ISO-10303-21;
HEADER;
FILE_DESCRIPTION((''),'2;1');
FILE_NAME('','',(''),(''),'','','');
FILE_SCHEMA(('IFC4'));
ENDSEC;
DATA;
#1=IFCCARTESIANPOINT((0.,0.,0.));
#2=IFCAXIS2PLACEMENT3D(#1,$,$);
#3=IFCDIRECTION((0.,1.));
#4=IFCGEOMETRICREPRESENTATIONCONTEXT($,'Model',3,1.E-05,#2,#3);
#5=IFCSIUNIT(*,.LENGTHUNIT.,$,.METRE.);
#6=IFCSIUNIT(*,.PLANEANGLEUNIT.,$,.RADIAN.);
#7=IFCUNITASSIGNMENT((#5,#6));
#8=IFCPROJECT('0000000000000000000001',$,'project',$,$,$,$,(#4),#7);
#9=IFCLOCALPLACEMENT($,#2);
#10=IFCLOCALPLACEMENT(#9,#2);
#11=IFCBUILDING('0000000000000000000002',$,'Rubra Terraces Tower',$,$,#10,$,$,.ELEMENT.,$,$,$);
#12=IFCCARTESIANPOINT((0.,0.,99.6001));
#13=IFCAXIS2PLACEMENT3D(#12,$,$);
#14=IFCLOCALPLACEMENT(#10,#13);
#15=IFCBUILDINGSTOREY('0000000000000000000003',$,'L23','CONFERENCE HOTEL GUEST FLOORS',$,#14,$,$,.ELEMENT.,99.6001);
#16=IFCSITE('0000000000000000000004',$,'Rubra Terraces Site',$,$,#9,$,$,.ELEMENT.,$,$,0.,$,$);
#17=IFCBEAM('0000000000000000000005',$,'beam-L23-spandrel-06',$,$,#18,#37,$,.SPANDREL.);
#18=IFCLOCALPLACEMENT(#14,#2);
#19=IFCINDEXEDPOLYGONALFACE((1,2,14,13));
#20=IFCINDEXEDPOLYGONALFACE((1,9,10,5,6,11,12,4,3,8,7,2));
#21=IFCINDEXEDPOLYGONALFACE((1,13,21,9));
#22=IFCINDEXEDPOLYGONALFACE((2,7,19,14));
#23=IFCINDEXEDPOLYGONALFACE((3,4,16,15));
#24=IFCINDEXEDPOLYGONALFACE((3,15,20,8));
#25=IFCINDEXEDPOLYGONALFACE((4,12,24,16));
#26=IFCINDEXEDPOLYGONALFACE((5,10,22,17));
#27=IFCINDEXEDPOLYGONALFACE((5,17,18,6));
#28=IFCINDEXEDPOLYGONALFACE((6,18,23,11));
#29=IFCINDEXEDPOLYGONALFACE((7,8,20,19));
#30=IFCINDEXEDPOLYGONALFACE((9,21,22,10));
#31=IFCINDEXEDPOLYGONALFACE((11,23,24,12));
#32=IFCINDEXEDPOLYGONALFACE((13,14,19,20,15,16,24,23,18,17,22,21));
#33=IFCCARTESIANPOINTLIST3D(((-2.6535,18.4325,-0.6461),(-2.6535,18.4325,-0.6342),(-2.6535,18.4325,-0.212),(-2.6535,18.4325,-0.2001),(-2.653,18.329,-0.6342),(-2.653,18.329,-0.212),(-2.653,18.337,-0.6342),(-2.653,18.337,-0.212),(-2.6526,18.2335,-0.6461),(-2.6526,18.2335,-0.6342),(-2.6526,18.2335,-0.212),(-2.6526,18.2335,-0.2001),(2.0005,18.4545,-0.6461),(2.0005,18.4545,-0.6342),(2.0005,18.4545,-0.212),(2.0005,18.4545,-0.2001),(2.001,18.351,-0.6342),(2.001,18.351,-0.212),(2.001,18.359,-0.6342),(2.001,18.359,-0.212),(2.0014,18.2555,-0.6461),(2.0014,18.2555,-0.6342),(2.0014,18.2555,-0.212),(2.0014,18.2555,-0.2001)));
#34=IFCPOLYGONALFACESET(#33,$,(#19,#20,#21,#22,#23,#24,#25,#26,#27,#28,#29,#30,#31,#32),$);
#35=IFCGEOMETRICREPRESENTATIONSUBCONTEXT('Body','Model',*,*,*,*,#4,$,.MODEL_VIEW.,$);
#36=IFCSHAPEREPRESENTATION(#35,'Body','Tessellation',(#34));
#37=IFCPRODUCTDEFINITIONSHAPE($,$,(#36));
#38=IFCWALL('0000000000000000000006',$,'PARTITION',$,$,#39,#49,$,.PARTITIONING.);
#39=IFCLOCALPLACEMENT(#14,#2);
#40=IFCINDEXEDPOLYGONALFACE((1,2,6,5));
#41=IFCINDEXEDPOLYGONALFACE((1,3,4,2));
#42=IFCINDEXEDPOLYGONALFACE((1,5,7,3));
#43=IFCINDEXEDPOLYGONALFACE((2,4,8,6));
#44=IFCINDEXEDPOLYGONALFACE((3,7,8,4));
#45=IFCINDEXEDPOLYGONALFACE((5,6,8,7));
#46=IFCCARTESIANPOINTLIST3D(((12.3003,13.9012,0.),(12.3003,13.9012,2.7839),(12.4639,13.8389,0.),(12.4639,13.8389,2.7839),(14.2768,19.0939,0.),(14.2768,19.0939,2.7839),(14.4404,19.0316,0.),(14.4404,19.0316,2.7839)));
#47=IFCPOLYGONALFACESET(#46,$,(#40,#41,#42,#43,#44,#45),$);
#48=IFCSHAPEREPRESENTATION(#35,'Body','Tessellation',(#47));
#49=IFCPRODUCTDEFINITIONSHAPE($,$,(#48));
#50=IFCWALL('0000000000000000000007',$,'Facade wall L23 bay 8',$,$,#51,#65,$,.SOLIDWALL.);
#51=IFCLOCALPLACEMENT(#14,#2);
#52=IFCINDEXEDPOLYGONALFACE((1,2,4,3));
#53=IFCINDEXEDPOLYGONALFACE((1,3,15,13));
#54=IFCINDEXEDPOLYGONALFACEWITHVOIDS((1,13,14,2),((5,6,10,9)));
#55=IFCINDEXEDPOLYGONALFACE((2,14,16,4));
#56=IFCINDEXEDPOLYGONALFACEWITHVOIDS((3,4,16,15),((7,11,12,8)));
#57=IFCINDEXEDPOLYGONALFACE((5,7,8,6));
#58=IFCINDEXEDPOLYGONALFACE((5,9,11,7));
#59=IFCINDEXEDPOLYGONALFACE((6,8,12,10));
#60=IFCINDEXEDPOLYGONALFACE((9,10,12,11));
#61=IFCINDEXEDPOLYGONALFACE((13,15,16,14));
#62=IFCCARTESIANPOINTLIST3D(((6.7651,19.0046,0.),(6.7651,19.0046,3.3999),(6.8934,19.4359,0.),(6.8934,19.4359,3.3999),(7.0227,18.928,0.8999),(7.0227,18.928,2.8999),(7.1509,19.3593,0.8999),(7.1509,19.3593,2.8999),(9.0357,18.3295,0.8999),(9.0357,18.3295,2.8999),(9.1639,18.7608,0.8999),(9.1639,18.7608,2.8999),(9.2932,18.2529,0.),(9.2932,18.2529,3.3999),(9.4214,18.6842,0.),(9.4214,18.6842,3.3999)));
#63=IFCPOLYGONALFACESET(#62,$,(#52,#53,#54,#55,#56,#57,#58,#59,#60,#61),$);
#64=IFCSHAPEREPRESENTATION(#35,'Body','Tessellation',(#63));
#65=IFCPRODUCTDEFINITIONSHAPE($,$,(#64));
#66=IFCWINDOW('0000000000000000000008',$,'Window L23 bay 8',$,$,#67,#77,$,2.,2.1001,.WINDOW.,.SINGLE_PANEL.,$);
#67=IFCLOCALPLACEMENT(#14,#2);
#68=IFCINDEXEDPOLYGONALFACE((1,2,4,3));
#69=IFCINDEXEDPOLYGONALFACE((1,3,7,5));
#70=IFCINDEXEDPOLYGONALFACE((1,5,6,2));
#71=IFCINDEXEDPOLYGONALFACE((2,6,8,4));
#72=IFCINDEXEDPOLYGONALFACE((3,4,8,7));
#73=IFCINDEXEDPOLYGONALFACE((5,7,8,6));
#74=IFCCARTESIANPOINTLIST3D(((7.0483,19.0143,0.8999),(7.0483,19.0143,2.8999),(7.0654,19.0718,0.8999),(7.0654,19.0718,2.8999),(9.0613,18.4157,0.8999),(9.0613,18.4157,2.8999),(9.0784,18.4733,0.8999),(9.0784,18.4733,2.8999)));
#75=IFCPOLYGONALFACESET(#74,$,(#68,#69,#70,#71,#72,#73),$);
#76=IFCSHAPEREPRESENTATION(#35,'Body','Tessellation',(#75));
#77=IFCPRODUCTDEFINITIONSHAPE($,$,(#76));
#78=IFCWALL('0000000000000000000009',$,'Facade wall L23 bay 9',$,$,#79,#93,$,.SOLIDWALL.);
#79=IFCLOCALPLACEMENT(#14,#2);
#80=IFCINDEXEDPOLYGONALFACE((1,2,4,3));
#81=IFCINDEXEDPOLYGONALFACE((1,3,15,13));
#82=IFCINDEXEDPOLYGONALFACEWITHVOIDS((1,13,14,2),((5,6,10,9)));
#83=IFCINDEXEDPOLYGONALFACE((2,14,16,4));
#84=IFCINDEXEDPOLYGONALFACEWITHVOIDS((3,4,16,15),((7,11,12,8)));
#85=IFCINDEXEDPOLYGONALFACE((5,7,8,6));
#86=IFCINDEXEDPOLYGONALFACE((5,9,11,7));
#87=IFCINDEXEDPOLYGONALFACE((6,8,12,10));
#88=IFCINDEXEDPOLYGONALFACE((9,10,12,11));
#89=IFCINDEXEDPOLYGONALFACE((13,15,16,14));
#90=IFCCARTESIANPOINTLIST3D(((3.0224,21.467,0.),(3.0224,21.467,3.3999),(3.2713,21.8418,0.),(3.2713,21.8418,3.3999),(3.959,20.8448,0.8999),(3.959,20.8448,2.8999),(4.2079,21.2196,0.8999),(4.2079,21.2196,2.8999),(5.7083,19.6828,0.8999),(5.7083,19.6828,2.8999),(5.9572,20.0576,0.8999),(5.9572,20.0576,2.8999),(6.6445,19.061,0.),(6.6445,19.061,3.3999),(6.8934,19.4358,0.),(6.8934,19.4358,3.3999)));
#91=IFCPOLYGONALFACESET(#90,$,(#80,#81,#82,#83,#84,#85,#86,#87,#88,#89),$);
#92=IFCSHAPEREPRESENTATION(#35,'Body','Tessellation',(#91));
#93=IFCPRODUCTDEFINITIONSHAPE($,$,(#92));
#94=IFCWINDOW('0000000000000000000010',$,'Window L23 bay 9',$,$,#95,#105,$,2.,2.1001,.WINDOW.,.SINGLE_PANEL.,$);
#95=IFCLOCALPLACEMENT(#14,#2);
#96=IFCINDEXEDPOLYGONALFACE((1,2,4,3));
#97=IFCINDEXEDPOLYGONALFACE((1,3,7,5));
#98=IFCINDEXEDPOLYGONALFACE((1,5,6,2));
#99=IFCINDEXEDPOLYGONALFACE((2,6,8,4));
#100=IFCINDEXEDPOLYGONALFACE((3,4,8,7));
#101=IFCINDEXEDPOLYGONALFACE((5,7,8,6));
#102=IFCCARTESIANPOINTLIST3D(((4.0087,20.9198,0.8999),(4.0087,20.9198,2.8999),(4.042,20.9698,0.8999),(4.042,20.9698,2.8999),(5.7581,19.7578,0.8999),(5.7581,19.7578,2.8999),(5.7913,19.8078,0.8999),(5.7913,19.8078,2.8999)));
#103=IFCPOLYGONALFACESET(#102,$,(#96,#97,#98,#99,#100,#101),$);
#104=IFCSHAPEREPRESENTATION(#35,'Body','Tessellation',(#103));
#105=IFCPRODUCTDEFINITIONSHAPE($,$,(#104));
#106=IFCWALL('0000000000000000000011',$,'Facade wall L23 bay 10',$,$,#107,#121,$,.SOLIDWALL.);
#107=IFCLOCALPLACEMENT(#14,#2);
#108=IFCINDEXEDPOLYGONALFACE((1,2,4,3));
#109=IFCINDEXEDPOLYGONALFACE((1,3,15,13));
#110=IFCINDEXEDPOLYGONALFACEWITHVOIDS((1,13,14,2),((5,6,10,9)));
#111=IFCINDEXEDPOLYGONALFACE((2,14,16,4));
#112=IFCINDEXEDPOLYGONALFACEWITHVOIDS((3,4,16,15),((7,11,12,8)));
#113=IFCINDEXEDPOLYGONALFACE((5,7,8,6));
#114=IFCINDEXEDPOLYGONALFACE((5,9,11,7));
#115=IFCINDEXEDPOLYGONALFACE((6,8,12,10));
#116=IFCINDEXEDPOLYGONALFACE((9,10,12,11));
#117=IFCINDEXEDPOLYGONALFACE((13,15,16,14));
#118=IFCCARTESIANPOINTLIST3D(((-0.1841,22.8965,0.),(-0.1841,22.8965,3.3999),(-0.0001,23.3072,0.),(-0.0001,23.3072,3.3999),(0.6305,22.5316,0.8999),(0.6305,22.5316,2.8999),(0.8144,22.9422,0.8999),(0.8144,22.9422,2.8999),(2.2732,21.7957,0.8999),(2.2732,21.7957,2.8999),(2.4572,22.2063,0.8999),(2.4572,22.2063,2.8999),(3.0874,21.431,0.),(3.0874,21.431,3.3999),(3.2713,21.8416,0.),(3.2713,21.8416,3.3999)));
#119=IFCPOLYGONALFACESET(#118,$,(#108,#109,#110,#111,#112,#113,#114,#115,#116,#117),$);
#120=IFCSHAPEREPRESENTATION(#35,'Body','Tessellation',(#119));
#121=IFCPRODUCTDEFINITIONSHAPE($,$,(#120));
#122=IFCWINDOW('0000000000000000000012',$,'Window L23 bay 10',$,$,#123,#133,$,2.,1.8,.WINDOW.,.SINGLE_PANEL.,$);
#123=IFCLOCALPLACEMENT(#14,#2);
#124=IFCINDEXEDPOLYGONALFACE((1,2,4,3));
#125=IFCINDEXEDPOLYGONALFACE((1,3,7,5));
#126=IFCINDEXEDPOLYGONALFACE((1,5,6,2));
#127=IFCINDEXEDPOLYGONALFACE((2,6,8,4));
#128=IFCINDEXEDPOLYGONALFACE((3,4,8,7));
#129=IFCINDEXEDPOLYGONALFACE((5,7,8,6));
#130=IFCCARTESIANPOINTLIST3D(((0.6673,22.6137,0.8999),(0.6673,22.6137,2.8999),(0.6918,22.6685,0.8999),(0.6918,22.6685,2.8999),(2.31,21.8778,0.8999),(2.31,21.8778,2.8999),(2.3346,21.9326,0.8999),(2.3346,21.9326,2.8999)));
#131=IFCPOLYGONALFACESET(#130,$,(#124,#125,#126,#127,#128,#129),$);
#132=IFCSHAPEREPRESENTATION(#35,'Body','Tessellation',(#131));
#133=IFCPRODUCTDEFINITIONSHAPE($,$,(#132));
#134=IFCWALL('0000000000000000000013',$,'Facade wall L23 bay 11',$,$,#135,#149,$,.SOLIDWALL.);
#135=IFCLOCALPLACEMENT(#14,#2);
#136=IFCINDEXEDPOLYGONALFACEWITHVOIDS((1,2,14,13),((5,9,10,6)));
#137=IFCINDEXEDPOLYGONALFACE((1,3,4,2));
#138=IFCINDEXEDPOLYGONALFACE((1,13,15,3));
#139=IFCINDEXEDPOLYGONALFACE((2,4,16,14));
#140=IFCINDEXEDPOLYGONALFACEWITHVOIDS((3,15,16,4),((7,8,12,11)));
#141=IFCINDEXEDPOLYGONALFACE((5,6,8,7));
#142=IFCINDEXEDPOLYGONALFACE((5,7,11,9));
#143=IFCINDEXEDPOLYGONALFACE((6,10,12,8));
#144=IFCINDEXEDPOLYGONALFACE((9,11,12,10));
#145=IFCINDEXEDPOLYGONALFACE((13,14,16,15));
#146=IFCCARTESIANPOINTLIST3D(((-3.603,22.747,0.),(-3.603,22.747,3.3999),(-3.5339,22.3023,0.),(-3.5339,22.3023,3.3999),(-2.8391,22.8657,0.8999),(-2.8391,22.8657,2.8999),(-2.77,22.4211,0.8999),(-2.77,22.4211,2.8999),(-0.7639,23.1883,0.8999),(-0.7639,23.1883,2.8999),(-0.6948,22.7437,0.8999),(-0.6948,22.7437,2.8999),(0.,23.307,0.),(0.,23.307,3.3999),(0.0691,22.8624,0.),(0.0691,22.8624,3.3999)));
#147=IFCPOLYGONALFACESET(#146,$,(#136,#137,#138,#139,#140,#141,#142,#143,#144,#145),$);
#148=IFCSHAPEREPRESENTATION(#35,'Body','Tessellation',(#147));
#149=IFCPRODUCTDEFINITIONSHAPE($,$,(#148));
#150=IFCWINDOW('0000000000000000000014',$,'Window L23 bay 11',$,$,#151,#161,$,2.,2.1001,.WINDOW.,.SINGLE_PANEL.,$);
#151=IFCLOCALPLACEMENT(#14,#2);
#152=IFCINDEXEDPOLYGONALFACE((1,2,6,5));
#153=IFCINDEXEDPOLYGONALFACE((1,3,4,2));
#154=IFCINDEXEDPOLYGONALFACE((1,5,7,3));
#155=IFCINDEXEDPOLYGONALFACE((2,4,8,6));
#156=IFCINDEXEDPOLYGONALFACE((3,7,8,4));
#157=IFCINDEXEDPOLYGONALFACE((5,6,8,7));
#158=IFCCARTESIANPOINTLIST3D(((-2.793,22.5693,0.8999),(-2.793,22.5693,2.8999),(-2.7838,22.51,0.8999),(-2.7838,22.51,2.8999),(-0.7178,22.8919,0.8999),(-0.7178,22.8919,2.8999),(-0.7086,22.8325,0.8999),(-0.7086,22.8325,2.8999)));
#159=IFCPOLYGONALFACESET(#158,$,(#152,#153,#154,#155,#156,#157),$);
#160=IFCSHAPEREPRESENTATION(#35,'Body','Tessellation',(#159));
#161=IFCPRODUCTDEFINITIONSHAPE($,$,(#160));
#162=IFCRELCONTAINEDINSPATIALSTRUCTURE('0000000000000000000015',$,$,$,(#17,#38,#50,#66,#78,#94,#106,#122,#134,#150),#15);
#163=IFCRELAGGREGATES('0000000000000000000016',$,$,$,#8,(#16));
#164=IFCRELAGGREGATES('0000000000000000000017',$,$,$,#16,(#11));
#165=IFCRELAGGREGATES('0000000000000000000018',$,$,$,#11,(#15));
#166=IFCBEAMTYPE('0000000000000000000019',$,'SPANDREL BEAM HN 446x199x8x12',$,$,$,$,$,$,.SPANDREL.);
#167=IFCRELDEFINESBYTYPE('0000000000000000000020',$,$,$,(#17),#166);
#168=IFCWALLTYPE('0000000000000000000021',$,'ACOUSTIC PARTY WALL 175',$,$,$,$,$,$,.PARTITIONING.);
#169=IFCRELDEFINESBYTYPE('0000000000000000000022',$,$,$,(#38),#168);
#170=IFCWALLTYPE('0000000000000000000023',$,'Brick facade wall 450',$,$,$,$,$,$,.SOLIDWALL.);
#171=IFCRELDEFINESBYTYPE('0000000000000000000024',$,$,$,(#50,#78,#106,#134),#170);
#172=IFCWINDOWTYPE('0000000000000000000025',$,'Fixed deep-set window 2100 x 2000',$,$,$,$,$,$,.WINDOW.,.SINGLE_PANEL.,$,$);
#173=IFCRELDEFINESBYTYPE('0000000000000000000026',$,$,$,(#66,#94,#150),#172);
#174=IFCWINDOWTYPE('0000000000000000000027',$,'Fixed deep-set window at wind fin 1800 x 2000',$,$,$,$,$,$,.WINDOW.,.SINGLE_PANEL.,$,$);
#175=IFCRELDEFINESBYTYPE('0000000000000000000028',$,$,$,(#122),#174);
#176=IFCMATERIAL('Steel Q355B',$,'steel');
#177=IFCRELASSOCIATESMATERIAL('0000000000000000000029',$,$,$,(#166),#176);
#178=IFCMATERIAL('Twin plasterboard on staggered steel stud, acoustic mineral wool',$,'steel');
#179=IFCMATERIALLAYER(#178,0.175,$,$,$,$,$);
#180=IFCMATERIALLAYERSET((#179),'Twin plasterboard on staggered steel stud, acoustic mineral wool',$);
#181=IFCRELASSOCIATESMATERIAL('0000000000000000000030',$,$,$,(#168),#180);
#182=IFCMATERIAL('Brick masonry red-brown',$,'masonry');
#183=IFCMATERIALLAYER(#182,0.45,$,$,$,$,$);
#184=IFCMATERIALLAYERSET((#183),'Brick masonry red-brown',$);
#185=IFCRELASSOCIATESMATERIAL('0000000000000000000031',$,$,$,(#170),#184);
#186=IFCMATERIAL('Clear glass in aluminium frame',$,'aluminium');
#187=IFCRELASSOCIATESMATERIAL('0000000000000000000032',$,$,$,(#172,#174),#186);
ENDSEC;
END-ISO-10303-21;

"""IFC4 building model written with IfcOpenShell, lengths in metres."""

from ifc_helpers import new_model, si_unit, direction, frame, frame_2d, origin, origin_2d, place, context, subcontext, project, spatial, rectangle, i_section, extrude, material, layer, layer_set, material_profile, profile_set, type_object, element, fill, save


model = new_model("IFC4")

# Units and contexts
model_context = context("Model", 3, precision=1e-05, world=origin(), true_north=direction((0.0, 1.0)))
body_context = subcontext(model_context, "Body", "Model", "MODEL_VIEW")
ifc_project = project(units=[si_unit("LENGTHUNIT", "METRE"), si_unit("PLANEANGLEUNIT", "RADIAN")], contexts=[model_context])

# Site, building, storey
site_placement = place(None, origin())
site = spatial("IfcSite", under=ifc_project, at=site_placement, Name="Rubra Terraces Site", CompositionType="ELEMENT", RefElevation=0.0)
building_placement = place(site_placement, origin())
building = spatial("IfcBuilding", under=site, at=building_placement, Name="Rubra Terraces Tower", CompositionType="ELEMENT")
storey_placement = place(building_placement, frame((0.0, 0.0, 99.6001)))
storey = spatial("IfcBuildingStorey", under=building, at=storey_placement, Name="L23", Description="CONFERENCE HOTEL GUEST FLOORS", CompositionType="ELEMENT", Elevation=99.6001)

# Beam
ifc_material_1 = material(Name="Steel Q355B", Category="steel")
ifc_material_profile_1 = material_profile(ifc_material_1, i_section(OverallWidth=0.199, OverallDepth=0.446, WebThickness=0.0081, FlangeThickness=0.012, at=origin_2d()), Name="HN 446x199x8x12")
ifc_profile_set_1 = profile_set([ifc_material_profile_1], Name="Steel Q355B")
beam_type_1 = type_object("IfcBeamType", Name="SPANDREL BEAM HN 446x199x8x12", PredefinedType="SPANDREL", material=ifc_profile_set_1)
beam_1_placement = place(storey_placement, frame((2.001, 18.355, -0.4231), z_axis=(-0.999989, -0.004721, 0.0), x_axis=(0.004721, -0.999989, 0.0)))
element("IfcBeam", 1, at=beam_1_placement, inside=storey, type_object=beam_type_1, Name="beam-L23-spandrel-06", PredefinedType="SPANDREL", context=body_context, shape_type="SweptSolid", body=[
    extrude(i_section(OverallWidth=0.199, OverallDepth=0.446, WebThickness=0.0081, FlangeThickness=0.012, at=origin_2d()), origin(), (0.0, 0.0, 1.0), 4.6541),
])

# Wall
ifc_material_2 = material(Name="Twin plasterboard on staggered steel stud, acoustic mineral wool", Category="steel")
ifc_layer_1 = layer(ifc_material_2, 0.175)
ifc_layer_set_1 = layer_set([ifc_layer_1], Name="Twin plasterboard on staggered steel stud, acoustic mineral wool")
wall_type_1 = type_object("IfcWallType", Name="ACOUSTIC PARTY WALL 175", PredefinedType="PARTITIONING", material=ifc_layer_set_1)
wall_1_placement = place(storey_placement, frame((14.3586, 19.0627, 0.0), z_axis=(0.0, 0.0, 1.0), x_axis=(-0.355747, -0.934582, 0.0)))
element("IfcWall", 2, at=wall_1_placement, inside=storey, type_object=wall_type_1, Name="PARTITION", PredefinedType="PARTITIONING", context=body_context, shape_type="SweptSolid", body=[
    extrude(rectangle(XDim=5.5562, YDim=0.175, at=frame_2d((2.7781, 0.0))), origin(), (0.0, 0.0, 1.0), 2.7839),
])

# Walls, openings, windows
ifc_material_3 = material(Name="Brick masonry red-brown", Category="masonry")
ifc_layer_2 = layer(ifc_material_3, 0.45)
ifc_layer_set_2 = layer_set([ifc_layer_2], Name="Brick masonry red-brown")
wall_type_2 = type_object("IfcWallType", Name="Brick facade wall 450", PredefinedType="SOLIDWALL", material=ifc_layer_set_2)
wall_2_placement = place(storey_placement, frame((9.3574, 18.4685, 0.0), z_axis=(0.0, 0.0, 1.0), x_axis=(-0.958524, 0.285012, 0.0)))
wall_2 = element("IfcWall", 3, at=wall_2_placement, inside=storey, type_object=wall_type_2, Name="Facade wall L23 bay 8", PredefinedType="SOLIDWALL", context=body_context, shape_type="SweptSolid", body=[
    extrude(rectangle(XDim=2.6375, YDim=0.45, at=frame_2d((1.3188, 0.0))), origin(), (0.0, 0.0, 1.0), 3.3999),
])
opening_1_placement = place(wall_2_placement, frame((0.2688, 0.0, 0.8999)))
opening_1 = element("IfcOpeningElement", 4, at=opening_1_placement, cuts=wall_2, PredefinedType="OPENING", context=body_context, shape_type="SweptSolid", body=[
    extrude(rectangle(XDim=2.1001, YDim=2.0, at=frame_2d((1.05, 1.0))), frame((0.0, 0.2349, 0.0), z_axis=(0.0, -1.0, 0.0), x_axis=(1.0, 0.0, 0.0)), (0.0, 0.0, 1.0), 0.47),
])
ifc_material_4 = material(Name="Clear glass in aluminium frame", Category="aluminium")
window_type_1 = type_object("IfcWindowType", Name="Fixed deep-set window 2100 x 2000", PartitioningType="SINGLE_PANEL", PredefinedType="WINDOW", material=ifc_material_4)
window_1_placement = place(opening_1_placement, origin())
window_1 = element("IfcWindow", 5, at=window_1_placement, inside=storey, type_object=window_type_1, Name="Window L23 bay 8", OverallHeight=2.0, OverallWidth=2.1001, PartitioningType="SINGLE_PANEL", PredefinedType="WINDOW", context=body_context, shape_type="SweptSolid", body=[
    extrude(rectangle(XDim=2.1001, YDim=2.0, at=frame_2d((1.05, 1.0))), frame((0.0, 0.135, 0.0), z_axis=(0.0, -1.0, 0.0), x_axis=(1.0, 0.0, 0.0)), (0.0, 0.0, 1.0), 0.0601),
])
fill(opening_1, window_1)
wall_3_placement = place(storey_placement, frame((6.769, 19.2483, 0.0), z_axis=(0.0, 0.0, 1.0), x_axis=(-0.832973, 0.553313, 0.0)))
wall_3 = element("IfcWall", 6, at=wall_3_placement, inside=storey, type_object=wall_type_2, Name="Facade wall L23 bay 9", PredefinedType="SOLIDWALL", context=body_context, shape_type="SweptSolid", body=[
    extrude(rectangle(XDim=4.3484, YDim=0.45, at=frame_2d((2.1743, 0.0))), origin(), (0.0, 0.0, 1.0), 3.3999),
])
opening_2_placement = place(wall_3_placement, frame((1.124, 0.0, 0.8999)))
opening_2 = element("IfcOpeningElement", 7, at=opening_2_placement, cuts=wall_3, PredefinedType="OPENING", context=body_context, shape_type="SweptSolid", body=[
    extrude(rectangle(XDim=2.1001, YDim=2.0, at=frame_2d((1.05, 1.0))), frame((0.0, 0.2349, 0.0), z_axis=(0.0, -1.0, 0.0), x_axis=(1.0, 0.0, 0.0)), (0.0, 0.0, 1.0), 0.47),
])
window_2_placement = place(opening_2_placement, origin())
window_2 = element("IfcWindow", 8, at=window_2_placement, inside=storey, type_object=window_type_1, Name="Window L23 bay 9", OverallHeight=2.0, OverallWidth=2.1001, PartitioningType="SINGLE_PANEL", PredefinedType="WINDOW", context=body_context, shape_type="SweptSolid", body=[
    extrude(rectangle(XDim=2.1001, YDim=2.0, at=frame_2d((1.05, 1.0))), frame((0.0, 0.135, 0.0), z_axis=(0.0, -1.0, 0.0), x_axis=(1.0, 0.0, 0.0)), (0.0, 0.0, 1.0), 0.0601),
])
fill(opening_2, window_2)
wall_4_placement = place(storey_placement, frame((3.1794, 21.6362, 0.0), z_axis=(0.0, 0.0, 1.0), x_axis=(-0.912608, 0.408835, 0.0)))
wall_4 = element("IfcWall", 9, at=wall_4_placement, inside=storey, type_object=wall_type_2, Name="Facade wall L23 bay 10", PredefinedType="SOLIDWALL", context=body_context, shape_type="SweptSolid", body=[
    extrude(rectangle(XDim=3.5847, YDim=0.45, at=frame_2d((1.7925, 0.0))), origin(), (0.0, 0.0, 1.0), 3.3999),
])
opening_3_placement = place(wall_4_placement, frame((0.8923, 0.0, 0.8999)))
opening_3 = element("IfcOpeningElement", 10, at=opening_3_placement, cuts=wall_4, PredefinedType="OPENING", context=body_context, shape_type="SweptSolid", body=[
    extrude(rectangle(XDim=1.8, YDim=2.0, at=frame_2d((0.8999, 1.0))), frame((0.0, 0.2349, 0.0), z_axis=(0.0, -1.0, 0.0), x_axis=(1.0, 0.0, 0.0)), (0.0, 0.0, 1.0), 0.47),
])
window_type_2 = type_object("IfcWindowType", Name="Fixed deep-set window at wind fin 1800 x 2000", PartitioningType="SINGLE_PANEL", PredefinedType="WINDOW", material=ifc_material_4)
window_3_placement = place(opening_3_placement, origin())
window_3 = element("IfcWindow", 11, at=window_3_placement, inside=storey, type_object=window_type_2, Name="Window L23 bay 10", OverallHeight=2.0, OverallWidth=1.8, PartitioningType="SINGLE_PANEL", PredefinedType="WINDOW", context=body_context, shape_type="SweptSolid", body=[
    extrude(rectangle(XDim=1.8, YDim=2.0, at=frame_2d((0.8999, 1.0))), frame((0.0, 0.135, 0.0), z_axis=(0.0, -1.0, 0.0), x_axis=(1.0, 0.0, 0.0)), (0.0, 0.0, 1.0), 0.0601),
])
fill(opening_3, window_3)
wall_5_placement = place(storey_placement, frame((0.0347, 23.0847, 0.0), z_axis=(0.0, 0.0, 1.0), x_axis=(-0.988134, -0.153597, 0.0)))
wall_5 = element("IfcWall", 12, at=wall_5_placement, inside=storey, type_object=wall_type_2, Name="Facade wall L23 bay 11", PredefinedType="SOLIDWALL", context=body_context, shape_type="SweptSolid", body=[
    extrude(rectangle(XDim=3.6462, YDim=0.45, at=frame_2d((1.8232, 0.0))), origin(), (0.0, 0.0, 1.0), 3.3999),
])
opening_4_placement = place(wall_5_placement, frame((0.7732, 0.0, 0.8999)))
opening_4 = element("IfcOpeningElement", 13, at=opening_4_placement, cuts=wall_5, PredefinedType="OPENING", context=body_context, shape_type="SweptSolid", body=[
    extrude(rectangle(XDim=2.1001, YDim=2.0, at=frame_2d((1.05, 1.0))), frame((0.0, 0.2349, 0.0), z_axis=(0.0, -1.0, 0.0), x_axis=(1.0, 0.0, 0.0)), (0.0, 0.0, 1.0), 0.47),
])
window_4_placement = place(opening_4_placement, origin())
window_4 = element("IfcWindow", 14, at=window_4_placement, inside=storey, type_object=window_type_1, Name="Window L23 bay 11", OverallHeight=2.0, OverallWidth=2.1001, PartitioningType="SINGLE_PANEL", PredefinedType="WINDOW", context=body_context, shape_type="SweptSolid", body=[
    extrude(rectangle(XDim=2.1001, YDim=2.0, at=frame_2d((1.05, 1.0))), frame((0.0, 0.135, 0.0), z_axis=(0.0, -1.0, 0.0), x_axis=(1.0, 0.0, 0.0)), (0.0, 0.0, 1.0), 0.0601),
])
fill(opening_4, window_4)

save(model, "model.ifc")
